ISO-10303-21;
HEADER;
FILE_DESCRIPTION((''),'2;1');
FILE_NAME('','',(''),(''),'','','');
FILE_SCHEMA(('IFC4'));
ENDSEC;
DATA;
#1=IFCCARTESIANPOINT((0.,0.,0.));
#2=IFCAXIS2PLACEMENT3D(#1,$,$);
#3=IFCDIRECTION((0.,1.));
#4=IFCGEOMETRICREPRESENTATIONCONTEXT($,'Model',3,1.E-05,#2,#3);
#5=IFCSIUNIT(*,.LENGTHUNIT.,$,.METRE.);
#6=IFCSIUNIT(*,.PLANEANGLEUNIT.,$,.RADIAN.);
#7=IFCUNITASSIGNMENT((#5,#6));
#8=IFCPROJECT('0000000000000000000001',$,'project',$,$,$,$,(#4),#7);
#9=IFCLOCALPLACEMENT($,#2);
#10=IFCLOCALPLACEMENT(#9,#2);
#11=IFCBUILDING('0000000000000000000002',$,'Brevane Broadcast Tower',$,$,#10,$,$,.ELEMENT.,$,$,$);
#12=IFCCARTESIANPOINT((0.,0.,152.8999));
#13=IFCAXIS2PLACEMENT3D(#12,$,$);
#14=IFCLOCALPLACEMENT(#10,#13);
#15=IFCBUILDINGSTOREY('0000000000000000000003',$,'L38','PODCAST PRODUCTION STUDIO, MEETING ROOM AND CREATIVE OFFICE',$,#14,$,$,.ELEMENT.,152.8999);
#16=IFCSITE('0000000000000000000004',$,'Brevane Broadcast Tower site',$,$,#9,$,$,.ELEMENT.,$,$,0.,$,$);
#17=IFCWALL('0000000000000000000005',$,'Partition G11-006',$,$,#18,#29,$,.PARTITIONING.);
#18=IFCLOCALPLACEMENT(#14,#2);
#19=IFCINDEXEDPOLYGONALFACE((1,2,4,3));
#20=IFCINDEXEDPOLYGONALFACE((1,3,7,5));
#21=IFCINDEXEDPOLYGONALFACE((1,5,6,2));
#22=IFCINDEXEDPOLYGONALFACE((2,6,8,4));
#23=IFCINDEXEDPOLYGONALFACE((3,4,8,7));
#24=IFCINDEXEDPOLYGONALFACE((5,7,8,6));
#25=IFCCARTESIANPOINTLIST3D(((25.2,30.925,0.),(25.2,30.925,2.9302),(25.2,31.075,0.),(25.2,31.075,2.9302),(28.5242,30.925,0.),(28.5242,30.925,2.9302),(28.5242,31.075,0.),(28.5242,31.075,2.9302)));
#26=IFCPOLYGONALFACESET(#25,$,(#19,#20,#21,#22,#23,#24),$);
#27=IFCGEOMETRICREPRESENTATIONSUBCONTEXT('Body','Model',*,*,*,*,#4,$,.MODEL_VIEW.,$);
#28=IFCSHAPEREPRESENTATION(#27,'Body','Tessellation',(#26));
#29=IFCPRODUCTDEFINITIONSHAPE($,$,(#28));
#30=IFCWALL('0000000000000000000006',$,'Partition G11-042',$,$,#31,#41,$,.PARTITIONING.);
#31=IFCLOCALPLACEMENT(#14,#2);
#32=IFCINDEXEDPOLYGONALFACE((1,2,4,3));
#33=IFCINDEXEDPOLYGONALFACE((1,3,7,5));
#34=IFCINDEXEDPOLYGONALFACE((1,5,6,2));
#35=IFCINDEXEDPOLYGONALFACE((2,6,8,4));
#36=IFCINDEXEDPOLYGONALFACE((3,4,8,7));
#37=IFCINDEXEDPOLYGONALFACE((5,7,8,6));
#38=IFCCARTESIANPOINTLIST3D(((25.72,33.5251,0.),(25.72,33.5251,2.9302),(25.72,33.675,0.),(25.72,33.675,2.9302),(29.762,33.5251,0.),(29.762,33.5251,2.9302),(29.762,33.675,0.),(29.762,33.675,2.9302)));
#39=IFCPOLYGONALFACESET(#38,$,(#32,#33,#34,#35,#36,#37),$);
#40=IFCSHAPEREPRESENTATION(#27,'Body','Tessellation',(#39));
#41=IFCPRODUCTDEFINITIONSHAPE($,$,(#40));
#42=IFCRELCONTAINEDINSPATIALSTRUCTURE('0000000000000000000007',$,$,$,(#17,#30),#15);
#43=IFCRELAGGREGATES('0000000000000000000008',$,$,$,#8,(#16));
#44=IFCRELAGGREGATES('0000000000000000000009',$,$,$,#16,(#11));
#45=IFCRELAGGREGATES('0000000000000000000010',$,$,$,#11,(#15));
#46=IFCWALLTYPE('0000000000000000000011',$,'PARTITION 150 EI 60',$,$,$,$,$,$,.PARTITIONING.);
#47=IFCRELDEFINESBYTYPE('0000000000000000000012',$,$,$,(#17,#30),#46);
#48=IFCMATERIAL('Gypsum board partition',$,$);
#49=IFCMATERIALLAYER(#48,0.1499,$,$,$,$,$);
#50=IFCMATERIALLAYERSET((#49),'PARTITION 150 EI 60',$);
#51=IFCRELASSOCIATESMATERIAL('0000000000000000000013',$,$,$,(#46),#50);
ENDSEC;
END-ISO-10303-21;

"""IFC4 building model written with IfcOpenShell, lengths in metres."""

from ifc_helpers import new_model, si_unit, direction, frame, frame_2d, origin, place, context, subcontext, project, spatial, rectangle, extrude, material, layer, layer_set, type_object, element, save


model = new_model("IFC4")

# Units and contexts
model_context = context("Model", 3, precision=1e-05, world=origin(), true_north=direction((0.0, 1.0)))
body_context = subcontext(model_context, "Body", "Model", "MODEL_VIEW")
ifc_project = project(units=[si_unit("LENGTHUNIT", "METRE"), si_unit("PLANEANGLEUNIT", "RADIAN")], contexts=[model_context])

# Site, building, storey
site_placement = place(None, origin())
site = spatial("IfcSite", under=ifc_project, at=site_placement, Name="Brevane Broadcast Tower site", CompositionType="ELEMENT", RefElevation=0.0)
building_placement = place(site_placement, origin())
building = spatial("IfcBuilding", under=site, at=building_placement, Name="Brevane Broadcast Tower", CompositionType="ELEMENT")
storey_placement = place(building_placement, frame((0.0, 0.0, 152.8999)))
storey = spatial("IfcBuildingStorey", under=building, at=storey_placement, Name="L38", Description="PODCAST PRODUCTION STUDIO, MEETING ROOM AND CREATIVE OFFICE", CompositionType="ELEMENT", Elevation=152.8999)

# Shared definitions
ifc_material_1 = material(Name="Gypsum board partition")

# Shared definitions
ifc_layer_1 = layer(ifc_material_1, 0.1499)
ifc_layer_set_1 = layer_set([ifc_layer_1], Name="PARTITION 150 EI 60")
wall_type_1 = type_object("IfcWallType", Name="PARTITION 150 EI 60", PredefinedType="PARTITIONING", material=ifc_layer_set_1)

# Walls
wall_1_placement = place(storey_placement, frame((25.2, 31.0, 0.0), z_axis=(0.0, 0.0, 1.0), x_axis=(1.0, 0.0, 0.0)))
element("IfcWall", 1, at=wall_1_placement, inside=storey, type_object=wall_type_1, Name="Partition G11-006", PredefinedType="PARTITIONING", context=body_context, shape_type="SweptSolid", body=[
    extrude(rectangle(XDim=3.3242, YDim=0.1499, at=frame_2d((1.6621, 0.0))), origin(), (0.0, 0.0, 1.0), 2.9302),
])
wall_2_placement = place(storey_placement, frame((25.72, 33.6001, 0.0), z_axis=(0.0, 0.0, 1.0), x_axis=(1.0, 0.0, 0.0)))
element("IfcWall", 2, at=wall_2_placement, inside=storey, type_object=wall_type_1, Name="Partition G11-042", PredefinedType="PARTITIONING", context=body_context, shape_type="SweptSolid", body=[
    extrude(rectangle(XDim=4.042, YDim=0.1499, at=frame_2d((2.021, 0.0))), origin(), (0.0, 0.0, 1.0), 2.9302),
])

save(model, "model.ifc")
